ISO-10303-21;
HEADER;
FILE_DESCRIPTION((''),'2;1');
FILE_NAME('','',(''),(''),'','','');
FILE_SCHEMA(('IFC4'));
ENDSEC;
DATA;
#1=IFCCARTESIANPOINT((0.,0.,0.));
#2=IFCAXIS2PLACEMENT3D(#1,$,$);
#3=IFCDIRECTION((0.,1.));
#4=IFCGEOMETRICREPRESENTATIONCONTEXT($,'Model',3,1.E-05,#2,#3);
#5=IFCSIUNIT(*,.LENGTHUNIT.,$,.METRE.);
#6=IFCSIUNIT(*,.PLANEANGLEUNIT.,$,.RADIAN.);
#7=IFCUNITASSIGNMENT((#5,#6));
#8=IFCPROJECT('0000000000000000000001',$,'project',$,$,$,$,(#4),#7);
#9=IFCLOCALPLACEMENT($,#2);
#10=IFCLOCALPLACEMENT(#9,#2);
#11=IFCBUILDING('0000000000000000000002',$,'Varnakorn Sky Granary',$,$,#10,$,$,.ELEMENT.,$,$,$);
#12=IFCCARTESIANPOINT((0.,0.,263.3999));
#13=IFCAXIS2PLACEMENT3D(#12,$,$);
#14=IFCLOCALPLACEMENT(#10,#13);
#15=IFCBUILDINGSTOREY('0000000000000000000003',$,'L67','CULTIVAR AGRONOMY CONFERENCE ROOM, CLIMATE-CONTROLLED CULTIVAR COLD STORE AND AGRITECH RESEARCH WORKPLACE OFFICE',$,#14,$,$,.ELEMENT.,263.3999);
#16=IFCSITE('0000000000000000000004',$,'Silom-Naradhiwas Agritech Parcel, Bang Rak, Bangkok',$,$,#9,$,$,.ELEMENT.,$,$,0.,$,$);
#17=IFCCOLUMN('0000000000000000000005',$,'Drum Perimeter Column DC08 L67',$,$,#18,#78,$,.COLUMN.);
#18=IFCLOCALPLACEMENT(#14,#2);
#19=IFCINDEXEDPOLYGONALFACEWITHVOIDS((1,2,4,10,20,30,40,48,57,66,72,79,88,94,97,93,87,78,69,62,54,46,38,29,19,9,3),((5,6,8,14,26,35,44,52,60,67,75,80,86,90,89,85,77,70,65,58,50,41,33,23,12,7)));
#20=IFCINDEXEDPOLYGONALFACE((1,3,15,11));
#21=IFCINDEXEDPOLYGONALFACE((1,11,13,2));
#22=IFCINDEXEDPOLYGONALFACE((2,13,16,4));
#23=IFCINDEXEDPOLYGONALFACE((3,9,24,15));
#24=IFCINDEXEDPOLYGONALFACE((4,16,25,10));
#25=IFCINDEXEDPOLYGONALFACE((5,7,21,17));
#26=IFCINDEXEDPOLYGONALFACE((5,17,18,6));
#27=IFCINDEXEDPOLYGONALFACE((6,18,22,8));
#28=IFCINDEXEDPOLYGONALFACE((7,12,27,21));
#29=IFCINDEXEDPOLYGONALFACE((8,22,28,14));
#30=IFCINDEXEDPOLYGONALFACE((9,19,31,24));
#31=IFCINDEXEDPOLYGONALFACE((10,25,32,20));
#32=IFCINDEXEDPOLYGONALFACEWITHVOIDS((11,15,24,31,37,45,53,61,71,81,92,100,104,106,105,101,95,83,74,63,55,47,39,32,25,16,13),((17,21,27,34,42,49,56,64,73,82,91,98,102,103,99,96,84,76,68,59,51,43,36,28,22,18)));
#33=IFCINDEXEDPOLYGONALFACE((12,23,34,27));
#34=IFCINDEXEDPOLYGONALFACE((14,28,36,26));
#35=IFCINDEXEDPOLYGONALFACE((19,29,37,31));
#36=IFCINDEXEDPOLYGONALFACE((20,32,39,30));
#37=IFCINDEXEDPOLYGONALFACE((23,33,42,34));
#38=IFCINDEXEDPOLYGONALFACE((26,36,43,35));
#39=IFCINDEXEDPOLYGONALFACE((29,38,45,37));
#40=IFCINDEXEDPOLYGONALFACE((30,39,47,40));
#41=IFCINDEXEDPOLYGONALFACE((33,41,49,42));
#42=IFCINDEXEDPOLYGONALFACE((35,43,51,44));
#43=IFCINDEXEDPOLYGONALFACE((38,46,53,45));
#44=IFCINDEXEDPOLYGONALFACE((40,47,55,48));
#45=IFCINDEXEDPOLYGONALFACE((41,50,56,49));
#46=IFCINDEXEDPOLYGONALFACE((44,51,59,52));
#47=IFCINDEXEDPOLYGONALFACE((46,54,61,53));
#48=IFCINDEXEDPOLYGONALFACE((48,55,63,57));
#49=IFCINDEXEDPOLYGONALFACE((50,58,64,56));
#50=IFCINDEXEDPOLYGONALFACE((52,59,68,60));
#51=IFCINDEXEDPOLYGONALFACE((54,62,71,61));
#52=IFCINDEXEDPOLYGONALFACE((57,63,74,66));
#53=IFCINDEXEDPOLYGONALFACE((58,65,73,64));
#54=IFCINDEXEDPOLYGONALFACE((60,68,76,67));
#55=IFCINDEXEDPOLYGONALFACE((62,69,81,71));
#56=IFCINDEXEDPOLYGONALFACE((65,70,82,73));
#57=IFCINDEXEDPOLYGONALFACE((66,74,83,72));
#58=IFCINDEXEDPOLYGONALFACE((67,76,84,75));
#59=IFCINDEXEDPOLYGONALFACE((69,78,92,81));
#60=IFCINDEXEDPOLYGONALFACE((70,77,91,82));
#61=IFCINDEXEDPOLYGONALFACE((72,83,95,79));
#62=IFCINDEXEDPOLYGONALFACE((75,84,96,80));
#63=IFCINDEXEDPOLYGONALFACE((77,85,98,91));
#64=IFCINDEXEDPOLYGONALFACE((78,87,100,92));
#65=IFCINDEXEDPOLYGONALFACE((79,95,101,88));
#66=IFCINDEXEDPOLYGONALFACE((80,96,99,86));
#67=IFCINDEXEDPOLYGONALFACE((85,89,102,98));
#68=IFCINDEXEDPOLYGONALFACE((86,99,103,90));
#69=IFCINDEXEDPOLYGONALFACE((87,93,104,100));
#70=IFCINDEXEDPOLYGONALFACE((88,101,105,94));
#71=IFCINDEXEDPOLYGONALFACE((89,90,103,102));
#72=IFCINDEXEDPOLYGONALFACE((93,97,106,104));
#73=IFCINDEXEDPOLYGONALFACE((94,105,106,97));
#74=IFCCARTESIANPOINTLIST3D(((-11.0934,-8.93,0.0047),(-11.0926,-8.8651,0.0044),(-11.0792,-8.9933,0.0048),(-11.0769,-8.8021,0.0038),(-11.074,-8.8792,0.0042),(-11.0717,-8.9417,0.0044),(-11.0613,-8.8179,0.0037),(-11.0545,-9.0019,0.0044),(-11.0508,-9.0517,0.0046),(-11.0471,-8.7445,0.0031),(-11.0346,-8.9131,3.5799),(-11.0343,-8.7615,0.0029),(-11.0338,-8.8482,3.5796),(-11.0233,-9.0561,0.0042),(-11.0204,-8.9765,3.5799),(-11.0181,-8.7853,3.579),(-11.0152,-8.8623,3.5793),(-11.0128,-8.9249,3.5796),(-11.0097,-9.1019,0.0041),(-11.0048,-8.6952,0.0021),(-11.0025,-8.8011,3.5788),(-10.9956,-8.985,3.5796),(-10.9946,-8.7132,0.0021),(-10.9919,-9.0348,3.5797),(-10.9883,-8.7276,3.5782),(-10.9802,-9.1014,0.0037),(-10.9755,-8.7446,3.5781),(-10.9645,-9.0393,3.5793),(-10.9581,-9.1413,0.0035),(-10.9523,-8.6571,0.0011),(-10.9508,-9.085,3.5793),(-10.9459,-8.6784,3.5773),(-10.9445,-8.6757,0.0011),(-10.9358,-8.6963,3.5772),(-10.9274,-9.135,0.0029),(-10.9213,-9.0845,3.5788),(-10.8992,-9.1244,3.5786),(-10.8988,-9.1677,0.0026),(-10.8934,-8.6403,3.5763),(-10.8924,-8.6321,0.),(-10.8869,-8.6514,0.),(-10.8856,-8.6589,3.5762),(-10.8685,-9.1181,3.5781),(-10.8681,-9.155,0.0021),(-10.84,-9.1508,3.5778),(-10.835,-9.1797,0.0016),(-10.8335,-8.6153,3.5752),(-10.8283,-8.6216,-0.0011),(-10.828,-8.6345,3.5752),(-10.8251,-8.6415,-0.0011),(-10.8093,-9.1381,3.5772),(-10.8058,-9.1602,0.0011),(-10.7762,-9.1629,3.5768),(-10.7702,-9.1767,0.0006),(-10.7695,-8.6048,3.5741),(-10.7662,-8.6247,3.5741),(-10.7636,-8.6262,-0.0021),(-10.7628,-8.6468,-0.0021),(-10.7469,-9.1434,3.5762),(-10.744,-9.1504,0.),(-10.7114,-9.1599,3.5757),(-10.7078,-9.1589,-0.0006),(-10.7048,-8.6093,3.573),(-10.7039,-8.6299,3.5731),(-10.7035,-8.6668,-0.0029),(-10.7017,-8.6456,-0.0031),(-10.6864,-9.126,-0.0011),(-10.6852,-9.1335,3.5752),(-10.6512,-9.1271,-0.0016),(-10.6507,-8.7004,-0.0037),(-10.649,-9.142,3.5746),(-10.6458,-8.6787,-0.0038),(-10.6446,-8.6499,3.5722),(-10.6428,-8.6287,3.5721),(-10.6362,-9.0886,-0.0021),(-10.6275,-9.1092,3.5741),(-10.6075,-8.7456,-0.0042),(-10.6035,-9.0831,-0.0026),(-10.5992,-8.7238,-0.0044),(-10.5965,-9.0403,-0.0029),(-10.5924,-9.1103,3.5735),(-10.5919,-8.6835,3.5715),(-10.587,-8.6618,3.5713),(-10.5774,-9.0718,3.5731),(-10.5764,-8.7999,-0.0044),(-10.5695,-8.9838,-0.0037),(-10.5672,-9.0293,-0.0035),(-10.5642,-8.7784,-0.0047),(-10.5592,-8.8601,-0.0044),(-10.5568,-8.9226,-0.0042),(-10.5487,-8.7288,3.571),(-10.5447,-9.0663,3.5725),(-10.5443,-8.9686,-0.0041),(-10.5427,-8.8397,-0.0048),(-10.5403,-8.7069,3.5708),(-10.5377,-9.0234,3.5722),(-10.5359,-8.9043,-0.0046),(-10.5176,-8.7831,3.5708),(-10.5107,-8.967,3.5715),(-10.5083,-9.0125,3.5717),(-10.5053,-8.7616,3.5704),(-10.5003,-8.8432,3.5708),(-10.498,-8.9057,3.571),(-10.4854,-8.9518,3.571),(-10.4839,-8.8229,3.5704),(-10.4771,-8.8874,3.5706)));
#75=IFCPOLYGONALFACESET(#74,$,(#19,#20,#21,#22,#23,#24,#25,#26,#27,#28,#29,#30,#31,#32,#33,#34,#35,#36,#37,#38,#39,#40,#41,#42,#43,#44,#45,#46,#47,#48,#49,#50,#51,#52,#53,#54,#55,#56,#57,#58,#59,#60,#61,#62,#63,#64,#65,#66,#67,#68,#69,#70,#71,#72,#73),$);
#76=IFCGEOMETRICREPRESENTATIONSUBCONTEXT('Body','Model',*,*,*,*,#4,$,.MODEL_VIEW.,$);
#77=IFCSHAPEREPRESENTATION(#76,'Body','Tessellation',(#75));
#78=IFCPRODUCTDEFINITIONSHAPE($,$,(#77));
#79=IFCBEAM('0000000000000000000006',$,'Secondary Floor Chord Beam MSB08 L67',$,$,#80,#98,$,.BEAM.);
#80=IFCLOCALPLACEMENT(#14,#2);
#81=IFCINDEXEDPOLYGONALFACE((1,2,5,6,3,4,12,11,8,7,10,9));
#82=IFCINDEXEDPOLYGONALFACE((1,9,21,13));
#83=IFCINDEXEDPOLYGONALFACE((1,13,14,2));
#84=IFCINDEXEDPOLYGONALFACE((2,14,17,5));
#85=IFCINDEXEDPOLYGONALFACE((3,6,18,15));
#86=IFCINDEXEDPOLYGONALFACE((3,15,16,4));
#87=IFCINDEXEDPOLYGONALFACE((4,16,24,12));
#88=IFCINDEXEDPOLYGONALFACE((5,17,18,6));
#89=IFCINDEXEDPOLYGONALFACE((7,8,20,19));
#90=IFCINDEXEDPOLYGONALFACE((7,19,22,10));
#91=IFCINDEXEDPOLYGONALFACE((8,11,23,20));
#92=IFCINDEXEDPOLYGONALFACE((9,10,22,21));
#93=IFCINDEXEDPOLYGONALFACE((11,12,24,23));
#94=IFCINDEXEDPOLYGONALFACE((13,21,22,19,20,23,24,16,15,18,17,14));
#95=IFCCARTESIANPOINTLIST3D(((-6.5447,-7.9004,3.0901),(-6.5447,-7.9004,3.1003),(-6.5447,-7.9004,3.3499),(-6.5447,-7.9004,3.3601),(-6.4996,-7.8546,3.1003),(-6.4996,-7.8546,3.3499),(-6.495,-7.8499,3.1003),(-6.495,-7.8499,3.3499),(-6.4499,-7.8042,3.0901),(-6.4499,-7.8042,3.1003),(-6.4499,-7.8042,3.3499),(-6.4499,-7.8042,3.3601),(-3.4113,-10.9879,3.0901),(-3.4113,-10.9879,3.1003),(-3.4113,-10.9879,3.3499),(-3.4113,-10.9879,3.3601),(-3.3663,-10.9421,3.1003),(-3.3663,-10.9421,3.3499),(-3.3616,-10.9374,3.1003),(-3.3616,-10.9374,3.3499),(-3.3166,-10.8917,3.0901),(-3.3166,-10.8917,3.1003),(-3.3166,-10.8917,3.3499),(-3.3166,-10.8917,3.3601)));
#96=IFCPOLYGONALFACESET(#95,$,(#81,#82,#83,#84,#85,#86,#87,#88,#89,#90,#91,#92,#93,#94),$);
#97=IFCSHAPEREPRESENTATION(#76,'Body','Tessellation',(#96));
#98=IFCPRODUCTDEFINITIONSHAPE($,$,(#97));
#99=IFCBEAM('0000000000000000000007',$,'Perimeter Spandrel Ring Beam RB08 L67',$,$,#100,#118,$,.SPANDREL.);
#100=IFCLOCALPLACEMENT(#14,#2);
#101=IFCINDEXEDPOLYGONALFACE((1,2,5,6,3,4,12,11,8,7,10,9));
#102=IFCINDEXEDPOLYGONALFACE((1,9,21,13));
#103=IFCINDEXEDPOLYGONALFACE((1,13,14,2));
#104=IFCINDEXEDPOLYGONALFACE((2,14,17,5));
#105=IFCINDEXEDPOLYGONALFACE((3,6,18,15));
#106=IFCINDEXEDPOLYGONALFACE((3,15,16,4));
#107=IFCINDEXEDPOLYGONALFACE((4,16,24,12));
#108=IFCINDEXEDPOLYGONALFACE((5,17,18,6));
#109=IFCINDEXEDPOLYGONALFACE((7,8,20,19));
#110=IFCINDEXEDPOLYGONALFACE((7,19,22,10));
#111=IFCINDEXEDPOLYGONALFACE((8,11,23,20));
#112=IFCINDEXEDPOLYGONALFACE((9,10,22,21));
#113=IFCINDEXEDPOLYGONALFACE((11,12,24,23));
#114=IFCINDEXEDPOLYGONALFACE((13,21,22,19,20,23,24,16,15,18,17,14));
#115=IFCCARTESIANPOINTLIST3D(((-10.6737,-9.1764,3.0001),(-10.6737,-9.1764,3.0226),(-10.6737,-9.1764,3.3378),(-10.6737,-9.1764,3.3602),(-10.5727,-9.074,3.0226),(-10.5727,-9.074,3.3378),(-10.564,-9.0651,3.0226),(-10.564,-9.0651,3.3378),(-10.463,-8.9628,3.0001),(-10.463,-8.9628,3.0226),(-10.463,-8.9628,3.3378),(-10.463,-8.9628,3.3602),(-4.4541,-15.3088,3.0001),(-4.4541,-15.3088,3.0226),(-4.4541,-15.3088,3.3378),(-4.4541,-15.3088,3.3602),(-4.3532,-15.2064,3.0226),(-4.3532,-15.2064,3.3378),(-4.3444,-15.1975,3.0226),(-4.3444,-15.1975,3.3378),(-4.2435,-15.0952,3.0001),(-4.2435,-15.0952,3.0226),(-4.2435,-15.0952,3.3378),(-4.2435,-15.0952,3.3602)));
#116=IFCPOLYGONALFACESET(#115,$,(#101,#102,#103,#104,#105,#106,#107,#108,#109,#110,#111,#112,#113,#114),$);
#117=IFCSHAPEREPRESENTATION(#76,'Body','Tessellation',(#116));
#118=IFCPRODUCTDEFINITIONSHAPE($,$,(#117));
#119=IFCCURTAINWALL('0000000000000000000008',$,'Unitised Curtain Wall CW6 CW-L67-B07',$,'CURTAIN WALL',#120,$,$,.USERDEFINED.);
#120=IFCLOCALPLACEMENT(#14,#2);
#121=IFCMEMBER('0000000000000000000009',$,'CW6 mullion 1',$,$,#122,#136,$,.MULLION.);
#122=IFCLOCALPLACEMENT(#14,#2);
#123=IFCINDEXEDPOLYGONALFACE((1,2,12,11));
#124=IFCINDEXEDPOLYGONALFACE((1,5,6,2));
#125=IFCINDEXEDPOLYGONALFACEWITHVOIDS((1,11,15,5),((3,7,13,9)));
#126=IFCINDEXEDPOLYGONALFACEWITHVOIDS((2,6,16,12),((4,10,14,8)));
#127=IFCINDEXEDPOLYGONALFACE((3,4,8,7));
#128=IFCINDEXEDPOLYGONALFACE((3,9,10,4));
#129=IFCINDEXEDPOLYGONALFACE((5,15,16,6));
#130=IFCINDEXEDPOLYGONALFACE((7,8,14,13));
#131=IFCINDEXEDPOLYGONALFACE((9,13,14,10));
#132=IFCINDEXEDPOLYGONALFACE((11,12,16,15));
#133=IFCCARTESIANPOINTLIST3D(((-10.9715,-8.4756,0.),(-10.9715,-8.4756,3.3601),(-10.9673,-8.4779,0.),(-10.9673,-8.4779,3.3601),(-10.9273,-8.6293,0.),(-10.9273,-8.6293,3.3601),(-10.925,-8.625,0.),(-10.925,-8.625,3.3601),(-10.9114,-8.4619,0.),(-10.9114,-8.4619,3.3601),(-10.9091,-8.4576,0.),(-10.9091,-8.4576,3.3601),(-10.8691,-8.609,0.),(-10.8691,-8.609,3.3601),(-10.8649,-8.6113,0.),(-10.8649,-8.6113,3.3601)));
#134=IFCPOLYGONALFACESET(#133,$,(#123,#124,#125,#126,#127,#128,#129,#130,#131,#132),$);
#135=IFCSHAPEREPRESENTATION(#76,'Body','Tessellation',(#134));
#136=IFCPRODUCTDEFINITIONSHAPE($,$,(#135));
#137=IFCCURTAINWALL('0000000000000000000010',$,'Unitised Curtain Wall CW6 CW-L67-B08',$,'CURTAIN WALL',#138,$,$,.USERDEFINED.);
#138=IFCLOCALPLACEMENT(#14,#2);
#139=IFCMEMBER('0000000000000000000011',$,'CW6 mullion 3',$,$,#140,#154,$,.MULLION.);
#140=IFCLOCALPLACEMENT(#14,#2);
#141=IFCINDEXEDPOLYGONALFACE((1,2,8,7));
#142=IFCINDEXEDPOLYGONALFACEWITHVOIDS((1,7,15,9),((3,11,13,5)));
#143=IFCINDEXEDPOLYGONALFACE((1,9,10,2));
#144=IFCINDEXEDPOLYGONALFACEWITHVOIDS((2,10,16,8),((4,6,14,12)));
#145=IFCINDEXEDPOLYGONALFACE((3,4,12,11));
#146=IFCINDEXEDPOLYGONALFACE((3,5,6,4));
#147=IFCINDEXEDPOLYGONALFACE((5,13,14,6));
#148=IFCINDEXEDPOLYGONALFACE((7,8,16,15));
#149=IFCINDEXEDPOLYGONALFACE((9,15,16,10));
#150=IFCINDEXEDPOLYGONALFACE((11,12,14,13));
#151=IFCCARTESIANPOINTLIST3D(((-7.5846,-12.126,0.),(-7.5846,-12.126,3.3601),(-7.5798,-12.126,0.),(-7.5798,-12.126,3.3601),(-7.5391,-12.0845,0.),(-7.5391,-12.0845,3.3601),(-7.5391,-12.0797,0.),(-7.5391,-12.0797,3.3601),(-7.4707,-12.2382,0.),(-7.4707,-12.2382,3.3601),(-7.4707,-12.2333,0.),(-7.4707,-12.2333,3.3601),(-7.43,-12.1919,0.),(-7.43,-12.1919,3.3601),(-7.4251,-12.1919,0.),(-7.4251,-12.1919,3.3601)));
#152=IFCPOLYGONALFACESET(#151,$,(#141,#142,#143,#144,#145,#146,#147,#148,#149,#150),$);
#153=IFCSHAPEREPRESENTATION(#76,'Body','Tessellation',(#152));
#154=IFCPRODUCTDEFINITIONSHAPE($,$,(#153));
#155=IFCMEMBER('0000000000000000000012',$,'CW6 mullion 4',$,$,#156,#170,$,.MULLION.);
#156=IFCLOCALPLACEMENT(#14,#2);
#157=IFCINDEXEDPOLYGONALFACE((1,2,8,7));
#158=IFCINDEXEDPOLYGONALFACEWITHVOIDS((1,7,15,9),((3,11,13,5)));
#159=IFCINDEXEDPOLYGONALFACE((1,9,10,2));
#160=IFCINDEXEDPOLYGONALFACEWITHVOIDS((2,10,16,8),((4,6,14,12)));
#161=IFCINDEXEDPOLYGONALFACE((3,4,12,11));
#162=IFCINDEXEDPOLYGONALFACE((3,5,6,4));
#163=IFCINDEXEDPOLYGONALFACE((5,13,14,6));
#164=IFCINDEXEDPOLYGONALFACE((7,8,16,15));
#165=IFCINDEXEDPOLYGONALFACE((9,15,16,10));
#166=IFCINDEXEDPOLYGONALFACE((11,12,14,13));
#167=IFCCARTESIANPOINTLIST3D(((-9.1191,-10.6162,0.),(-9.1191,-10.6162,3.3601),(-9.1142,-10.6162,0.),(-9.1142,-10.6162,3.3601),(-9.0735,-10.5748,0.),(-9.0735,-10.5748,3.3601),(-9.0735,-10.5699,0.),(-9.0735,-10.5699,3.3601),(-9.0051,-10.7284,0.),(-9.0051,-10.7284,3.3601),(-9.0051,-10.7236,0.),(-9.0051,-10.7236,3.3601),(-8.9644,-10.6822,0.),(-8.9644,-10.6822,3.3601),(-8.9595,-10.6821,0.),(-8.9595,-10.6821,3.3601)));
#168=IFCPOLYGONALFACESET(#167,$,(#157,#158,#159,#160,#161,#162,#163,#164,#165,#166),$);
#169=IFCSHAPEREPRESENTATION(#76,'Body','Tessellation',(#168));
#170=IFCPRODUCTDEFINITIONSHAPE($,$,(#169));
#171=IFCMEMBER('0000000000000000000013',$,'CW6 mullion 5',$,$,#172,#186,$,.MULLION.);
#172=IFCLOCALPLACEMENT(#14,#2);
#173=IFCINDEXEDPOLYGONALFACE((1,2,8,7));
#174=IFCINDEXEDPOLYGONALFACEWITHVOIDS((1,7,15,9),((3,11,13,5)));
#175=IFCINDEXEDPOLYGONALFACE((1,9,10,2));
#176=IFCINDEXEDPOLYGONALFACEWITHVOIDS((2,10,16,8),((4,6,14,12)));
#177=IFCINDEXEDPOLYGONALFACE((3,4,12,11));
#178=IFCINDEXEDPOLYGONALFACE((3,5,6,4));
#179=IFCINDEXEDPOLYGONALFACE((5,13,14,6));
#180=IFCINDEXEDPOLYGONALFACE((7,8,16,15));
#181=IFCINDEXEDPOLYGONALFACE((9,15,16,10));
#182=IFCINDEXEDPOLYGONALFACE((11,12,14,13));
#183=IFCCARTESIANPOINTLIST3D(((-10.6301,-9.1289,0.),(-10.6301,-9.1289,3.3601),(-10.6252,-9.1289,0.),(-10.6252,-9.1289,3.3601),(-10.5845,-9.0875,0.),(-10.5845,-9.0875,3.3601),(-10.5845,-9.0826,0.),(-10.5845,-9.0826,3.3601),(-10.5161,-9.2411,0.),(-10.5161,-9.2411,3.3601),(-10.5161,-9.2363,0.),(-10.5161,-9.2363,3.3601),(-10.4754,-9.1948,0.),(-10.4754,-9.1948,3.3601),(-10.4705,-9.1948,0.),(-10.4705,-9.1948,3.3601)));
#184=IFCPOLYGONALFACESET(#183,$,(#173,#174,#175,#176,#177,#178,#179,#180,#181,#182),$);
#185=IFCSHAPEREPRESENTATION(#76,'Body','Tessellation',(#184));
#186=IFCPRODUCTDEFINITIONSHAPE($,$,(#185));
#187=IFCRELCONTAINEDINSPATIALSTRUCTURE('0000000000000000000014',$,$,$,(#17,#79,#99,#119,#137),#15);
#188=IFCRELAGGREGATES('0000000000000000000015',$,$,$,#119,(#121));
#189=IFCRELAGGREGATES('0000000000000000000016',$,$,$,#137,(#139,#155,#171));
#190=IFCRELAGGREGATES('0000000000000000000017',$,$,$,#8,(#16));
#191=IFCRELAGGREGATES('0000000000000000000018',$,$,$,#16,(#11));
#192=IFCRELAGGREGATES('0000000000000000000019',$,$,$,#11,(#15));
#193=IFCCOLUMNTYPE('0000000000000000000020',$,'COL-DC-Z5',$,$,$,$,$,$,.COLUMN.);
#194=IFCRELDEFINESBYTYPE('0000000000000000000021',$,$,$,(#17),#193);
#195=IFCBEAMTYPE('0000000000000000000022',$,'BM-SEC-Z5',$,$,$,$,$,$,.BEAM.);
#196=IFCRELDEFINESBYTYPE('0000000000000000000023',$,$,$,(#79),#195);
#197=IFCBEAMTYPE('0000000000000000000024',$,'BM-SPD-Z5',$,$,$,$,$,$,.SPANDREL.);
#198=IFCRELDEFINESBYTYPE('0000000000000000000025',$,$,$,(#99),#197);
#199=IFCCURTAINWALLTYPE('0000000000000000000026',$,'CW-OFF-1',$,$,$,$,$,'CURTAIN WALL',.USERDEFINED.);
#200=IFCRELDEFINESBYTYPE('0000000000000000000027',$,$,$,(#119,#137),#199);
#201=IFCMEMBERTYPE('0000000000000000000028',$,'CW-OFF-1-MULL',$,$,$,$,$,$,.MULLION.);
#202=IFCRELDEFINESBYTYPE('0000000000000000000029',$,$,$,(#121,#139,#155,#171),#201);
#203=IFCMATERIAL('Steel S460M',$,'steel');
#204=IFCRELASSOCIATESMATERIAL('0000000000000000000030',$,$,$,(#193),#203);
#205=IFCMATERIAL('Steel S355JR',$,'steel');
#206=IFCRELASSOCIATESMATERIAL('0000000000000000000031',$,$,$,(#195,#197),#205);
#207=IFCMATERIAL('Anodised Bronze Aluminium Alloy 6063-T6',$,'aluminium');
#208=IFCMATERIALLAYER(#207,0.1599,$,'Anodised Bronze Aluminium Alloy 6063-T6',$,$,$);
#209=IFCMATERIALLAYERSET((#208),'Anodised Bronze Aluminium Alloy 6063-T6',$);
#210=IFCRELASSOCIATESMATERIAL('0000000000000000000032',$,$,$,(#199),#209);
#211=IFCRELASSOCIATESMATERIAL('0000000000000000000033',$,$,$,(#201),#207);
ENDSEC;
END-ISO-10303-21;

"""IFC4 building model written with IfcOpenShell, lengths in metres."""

from ifc_helpers import new_model, si_unit, direction, frame, origin, origin_2d, place, context, subcontext, project, spatial, hollow_rectangle, hollow_circle, i_section, extrude, material, layer, layer_set, material_profile, profile_set, type_object, element, aggregate, save


model = new_model("IFC4")

# Units and contexts
model_context = context("Model", 3, precision=1e-05, world=origin(), true_north=direction((0.0, 1.0)))
body_context = subcontext(model_context, "Body", "Model", "MODEL_VIEW")
ifc_project = project(units=[si_unit("LENGTHUNIT", "METRE"), si_unit("PLANEANGLEUNIT", "RADIAN")], contexts=[model_context])

# Site, building, storey
site_placement = place(None, origin())
site = spatial("IfcSite", under=ifc_project, at=site_placement, Name="Silom-Naradhiwas Agritech Parcel, Bang Rak, Bangkok", CompositionType="ELEMENT", RefElevation=0.0)
building_placement = place(site_placement, origin())
building = spatial("IfcBuilding", under=site, at=building_placement, Name="Varnakorn Sky Granary", CompositionType="ELEMENT")
storey_placement = place(building_placement, frame((0.0, 0.0, 263.3999)))
storey = spatial("IfcBuildingStorey", under=building, at=storey_placement, Name="L67", Description="CULTIVAR AGRONOMY CONFERENCE ROOM, CLIMATE-CONTROLLED CULTIVAR COLD STORE AND AGRITECH RESEARCH WORKPLACE OFFICE", CompositionType="ELEMENT", Elevation=263.3999)

# Column
ifc_material_1 = material(Name="Steel S460M", Category="steel")
ifc_material_profile_1 = material_profile(ifc_material_1, hollow_circle(Radius=0.2795, WallThickness=0.02, at=origin_2d()), Name="CHS 559x20")
ifc_profile_set_1 = profile_set([ifc_material_profile_1], Name="Steel S460M")
column_type = type_object("IfcColumnType", Name="COL-DC-Z5", PredefinedType="COLUMN", material=ifc_profile_set_1)
column_placement = place(storey_placement, frame((-10.8154, -8.9009, 0.0), z_axis=(0.016455, 0.004711, 0.999854), x_axis=(-0.275248, 0.961373, 0.0)))
element("IfcColumn", 1, at=column_placement, inside=storey, type_object=column_type, Name="Drum Perimeter Column DC08 L67", PredefinedType="COLUMN", context=body_context, shape_type="SweptSolid", body=[
    extrude(hollow_circle(Radius=0.2795, WallThickness=0.02, at=origin_2d()), origin(), (0.0, 0.0, 1.0), 3.5757),
])

# Beams
ifc_material_2 = material(Name="Steel S355JR", Category="steel")
ifc_material_profile_2 = material_profile(ifc_material_2, i_section(OverallWidth=0.135, OverallDepth=0.27, WebThickness=0.0066, FlangeThickness=0.0103, at=origin_2d()), Name="IPE 270")
ifc_profile_set_2 = profile_set([ifc_material_profile_2], Name="Steel S355JR")
beam_type_1 = type_object("IfcBeamType", Name="BM-SEC-Z5", PredefinedType="BEAM", material=ifc_profile_set_2)
beam_1_placement = place(storey_placement, frame((-6.4973, -7.8523, 3.2251), z_axis=(0.712305, -0.70187, 0.0), x_axis=(0.70187, 0.712305, 0.0)))
element("IfcBeam", 2, at=beam_1_placement, inside=storey, type_object=beam_type_1, Name="Secondary Floor Chord Beam MSB08 L67", PredefinedType="BEAM", context=body_context, shape_type="SweptSolid", body=[
    extrude(i_section(OverallWidth=0.135, OverallDepth=0.27, WebThickness=0.0066, FlangeThickness=0.0103, at=origin_2d()), origin(), (0.0, 0.0, 1.0), 4.3989),
])
ifc_material_profile_3 = material_profile(ifc_material_2, i_section(OverallWidth=0.3, OverallDepth=0.3601, WebThickness=0.0125, FlangeThickness=0.0225, at=origin_2d()), Name="HE 360 B")
ifc_profile_set_3 = profile_set([ifc_material_profile_3], Name="Steel S355JR")
beam_type_2 = type_object("IfcBeamType", Name="BM-SPD-Z5", PredefinedType="SPANDREL", material=ifc_profile_set_3)
beam_2_placement = place(storey_placement, frame((-10.5684, -9.0696, 3.1802), z_axis=(0.712079, -0.7021, 0.0), x_axis=(0.7021, 0.712079, 0.0)))
element("IfcBeam", 3, at=beam_2_placement, inside=storey, type_object=beam_type_2, Name="Perimeter Spandrel Ring Beam RB08 L67", PredefinedType="SPANDREL", context=body_context, shape_type="SweptSolid", body=[
    extrude(i_section(OverallWidth=0.3, OverallDepth=0.3601, WebThickness=0.0125, FlangeThickness=0.0225, at=origin_2d()), origin(), (0.0, 0.0, 1.0), 8.7344),
])

# Curtain wall, member
ifc_material_3 = material(Name="Anodised Bronze Aluminium Alloy 6063-T6", Category="aluminium")
ifc_layer_1 = layer(ifc_material_3, 0.1599, Name="Anodised Bronze Aluminium Alloy 6063-T6")
ifc_layer_set_1 = layer_set([ifc_layer_1], Name="Anodised Bronze Aluminium Alloy 6063-T6")
curtain_wall_type = type_object("IfcCurtainWallType", Name="CW-OFF-1", ElementType="CURTAIN WALL", PredefinedType="USERDEFINED", material=ifc_layer_set_1)
curtain_wall_1_placement = place(storey_placement, origin())
curtain_wall_1 = element("IfcCurtainWall", 4, at=curtain_wall_1_placement, inside=storey, type_object=curtain_wall_type, Name="Unitised Curtain Wall CW6 CW-L67-B07", ObjectType="CURTAIN WALL", PredefinedType="USERDEFINED")
ifc_material_profile_4 = material_profile(ifc_material_3, hollow_rectangle(XDim=0.0649, YDim=0.1599, WallThickness=0.0034, at=origin_2d()), Name="ALU MULL 65x160")
ifc_profile_set_4 = profile_set([ifc_material_profile_4], Name="Anodised Bronze Aluminium Alloy 6063-T6")
member_type_1 = type_object("IfcMemberType", Name="CW-OFF-1-MULL", PredefinedType="MULLION", material=ifc_profile_set_4)
member_1_placement = place(storey_placement, frame((-10.9182, -8.5435, 0.0), z_axis=(0.0, 0.0, 1.0), x_axis=(-0.961085, -0.276252, 0.0)))
member_1 = element("IfcMember", 5, at=member_1_placement, type_object=member_type_1, Name="CW6 mullion 1", PredefinedType="MULLION", context=body_context, shape_type="SweptSolid", body=[
    extrude(hollow_rectangle(XDim=0.0649, YDim=0.1599, WallThickness=0.0034, at=origin_2d()), origin(), (0.0, 0.0, 1.0), 3.3601),
])

# Curtain wall, members
curtain_wall_2_placement = place(storey_placement, origin())
curtain_wall_2 = element("IfcCurtainWall", 6, at=curtain_wall_2_placement, inside=storey, type_object=curtain_wall_type, Name="Unitised Curtain Wall CW6 CW-L67-B08", ObjectType="CURTAIN WALL", PredefinedType="USERDEFINED")
member_2_placement = place(storey_placement, frame((-7.5049, -12.1589, 0.0), z_axis=(0.0, 0.0, 1.0), x_axis=(-0.70144, -0.712728, 0.0)))
member_2 = element("IfcMember", 7, at=member_2_placement, type_object=member_type_1, Name="CW6 mullion 3", PredefinedType="MULLION", context=body_context, shape_type="SweptSolid", body=[
    extrude(hollow_rectangle(XDim=0.0649, YDim=0.1599, WallThickness=0.0034, at=origin_2d()), origin(), (0.0, 0.0, 1.0), 3.3601),
])
member_3_placement = place(storey_placement, frame((-9.0393, -10.6492, 0.0), z_axis=(0.0, 0.0, 1.0), x_axis=(-0.70144, -0.712728, 0.0)))
member_3 = element("IfcMember", 8, at=member_3_placement, type_object=member_type_1, Name="CW6 mullion 4", PredefinedType="MULLION", context=body_context, shape_type="SweptSolid", body=[
    extrude(hollow_rectangle(XDim=0.0649, YDim=0.1599, WallThickness=0.0034, at=origin_2d()), origin(), (0.0, 0.0, 1.0), 3.3601),
])
member_4_placement = place(storey_placement, frame((-10.5503, -9.1619, 0.0), z_axis=(0.0, 0.0, 1.0), x_axis=(-0.70144, -0.712728, 0.0)))
member_4 = element("IfcMember", 9, at=member_4_placement, type_object=member_type_1, Name="CW6 mullion 5", PredefinedType="MULLION", context=body_context, shape_type="SweptSolid", body=[
    extrude(hollow_rectangle(XDim=0.0649, YDim=0.1599, WallThickness=0.0034, at=origin_2d()), origin(), (0.0, 0.0, 1.0), 3.3601),
])

aggregate(curtain_wall_1, [member_1])
aggregate(curtain_wall_2, [member_2, member_3, member_4])

save(model, "model.ifc")
